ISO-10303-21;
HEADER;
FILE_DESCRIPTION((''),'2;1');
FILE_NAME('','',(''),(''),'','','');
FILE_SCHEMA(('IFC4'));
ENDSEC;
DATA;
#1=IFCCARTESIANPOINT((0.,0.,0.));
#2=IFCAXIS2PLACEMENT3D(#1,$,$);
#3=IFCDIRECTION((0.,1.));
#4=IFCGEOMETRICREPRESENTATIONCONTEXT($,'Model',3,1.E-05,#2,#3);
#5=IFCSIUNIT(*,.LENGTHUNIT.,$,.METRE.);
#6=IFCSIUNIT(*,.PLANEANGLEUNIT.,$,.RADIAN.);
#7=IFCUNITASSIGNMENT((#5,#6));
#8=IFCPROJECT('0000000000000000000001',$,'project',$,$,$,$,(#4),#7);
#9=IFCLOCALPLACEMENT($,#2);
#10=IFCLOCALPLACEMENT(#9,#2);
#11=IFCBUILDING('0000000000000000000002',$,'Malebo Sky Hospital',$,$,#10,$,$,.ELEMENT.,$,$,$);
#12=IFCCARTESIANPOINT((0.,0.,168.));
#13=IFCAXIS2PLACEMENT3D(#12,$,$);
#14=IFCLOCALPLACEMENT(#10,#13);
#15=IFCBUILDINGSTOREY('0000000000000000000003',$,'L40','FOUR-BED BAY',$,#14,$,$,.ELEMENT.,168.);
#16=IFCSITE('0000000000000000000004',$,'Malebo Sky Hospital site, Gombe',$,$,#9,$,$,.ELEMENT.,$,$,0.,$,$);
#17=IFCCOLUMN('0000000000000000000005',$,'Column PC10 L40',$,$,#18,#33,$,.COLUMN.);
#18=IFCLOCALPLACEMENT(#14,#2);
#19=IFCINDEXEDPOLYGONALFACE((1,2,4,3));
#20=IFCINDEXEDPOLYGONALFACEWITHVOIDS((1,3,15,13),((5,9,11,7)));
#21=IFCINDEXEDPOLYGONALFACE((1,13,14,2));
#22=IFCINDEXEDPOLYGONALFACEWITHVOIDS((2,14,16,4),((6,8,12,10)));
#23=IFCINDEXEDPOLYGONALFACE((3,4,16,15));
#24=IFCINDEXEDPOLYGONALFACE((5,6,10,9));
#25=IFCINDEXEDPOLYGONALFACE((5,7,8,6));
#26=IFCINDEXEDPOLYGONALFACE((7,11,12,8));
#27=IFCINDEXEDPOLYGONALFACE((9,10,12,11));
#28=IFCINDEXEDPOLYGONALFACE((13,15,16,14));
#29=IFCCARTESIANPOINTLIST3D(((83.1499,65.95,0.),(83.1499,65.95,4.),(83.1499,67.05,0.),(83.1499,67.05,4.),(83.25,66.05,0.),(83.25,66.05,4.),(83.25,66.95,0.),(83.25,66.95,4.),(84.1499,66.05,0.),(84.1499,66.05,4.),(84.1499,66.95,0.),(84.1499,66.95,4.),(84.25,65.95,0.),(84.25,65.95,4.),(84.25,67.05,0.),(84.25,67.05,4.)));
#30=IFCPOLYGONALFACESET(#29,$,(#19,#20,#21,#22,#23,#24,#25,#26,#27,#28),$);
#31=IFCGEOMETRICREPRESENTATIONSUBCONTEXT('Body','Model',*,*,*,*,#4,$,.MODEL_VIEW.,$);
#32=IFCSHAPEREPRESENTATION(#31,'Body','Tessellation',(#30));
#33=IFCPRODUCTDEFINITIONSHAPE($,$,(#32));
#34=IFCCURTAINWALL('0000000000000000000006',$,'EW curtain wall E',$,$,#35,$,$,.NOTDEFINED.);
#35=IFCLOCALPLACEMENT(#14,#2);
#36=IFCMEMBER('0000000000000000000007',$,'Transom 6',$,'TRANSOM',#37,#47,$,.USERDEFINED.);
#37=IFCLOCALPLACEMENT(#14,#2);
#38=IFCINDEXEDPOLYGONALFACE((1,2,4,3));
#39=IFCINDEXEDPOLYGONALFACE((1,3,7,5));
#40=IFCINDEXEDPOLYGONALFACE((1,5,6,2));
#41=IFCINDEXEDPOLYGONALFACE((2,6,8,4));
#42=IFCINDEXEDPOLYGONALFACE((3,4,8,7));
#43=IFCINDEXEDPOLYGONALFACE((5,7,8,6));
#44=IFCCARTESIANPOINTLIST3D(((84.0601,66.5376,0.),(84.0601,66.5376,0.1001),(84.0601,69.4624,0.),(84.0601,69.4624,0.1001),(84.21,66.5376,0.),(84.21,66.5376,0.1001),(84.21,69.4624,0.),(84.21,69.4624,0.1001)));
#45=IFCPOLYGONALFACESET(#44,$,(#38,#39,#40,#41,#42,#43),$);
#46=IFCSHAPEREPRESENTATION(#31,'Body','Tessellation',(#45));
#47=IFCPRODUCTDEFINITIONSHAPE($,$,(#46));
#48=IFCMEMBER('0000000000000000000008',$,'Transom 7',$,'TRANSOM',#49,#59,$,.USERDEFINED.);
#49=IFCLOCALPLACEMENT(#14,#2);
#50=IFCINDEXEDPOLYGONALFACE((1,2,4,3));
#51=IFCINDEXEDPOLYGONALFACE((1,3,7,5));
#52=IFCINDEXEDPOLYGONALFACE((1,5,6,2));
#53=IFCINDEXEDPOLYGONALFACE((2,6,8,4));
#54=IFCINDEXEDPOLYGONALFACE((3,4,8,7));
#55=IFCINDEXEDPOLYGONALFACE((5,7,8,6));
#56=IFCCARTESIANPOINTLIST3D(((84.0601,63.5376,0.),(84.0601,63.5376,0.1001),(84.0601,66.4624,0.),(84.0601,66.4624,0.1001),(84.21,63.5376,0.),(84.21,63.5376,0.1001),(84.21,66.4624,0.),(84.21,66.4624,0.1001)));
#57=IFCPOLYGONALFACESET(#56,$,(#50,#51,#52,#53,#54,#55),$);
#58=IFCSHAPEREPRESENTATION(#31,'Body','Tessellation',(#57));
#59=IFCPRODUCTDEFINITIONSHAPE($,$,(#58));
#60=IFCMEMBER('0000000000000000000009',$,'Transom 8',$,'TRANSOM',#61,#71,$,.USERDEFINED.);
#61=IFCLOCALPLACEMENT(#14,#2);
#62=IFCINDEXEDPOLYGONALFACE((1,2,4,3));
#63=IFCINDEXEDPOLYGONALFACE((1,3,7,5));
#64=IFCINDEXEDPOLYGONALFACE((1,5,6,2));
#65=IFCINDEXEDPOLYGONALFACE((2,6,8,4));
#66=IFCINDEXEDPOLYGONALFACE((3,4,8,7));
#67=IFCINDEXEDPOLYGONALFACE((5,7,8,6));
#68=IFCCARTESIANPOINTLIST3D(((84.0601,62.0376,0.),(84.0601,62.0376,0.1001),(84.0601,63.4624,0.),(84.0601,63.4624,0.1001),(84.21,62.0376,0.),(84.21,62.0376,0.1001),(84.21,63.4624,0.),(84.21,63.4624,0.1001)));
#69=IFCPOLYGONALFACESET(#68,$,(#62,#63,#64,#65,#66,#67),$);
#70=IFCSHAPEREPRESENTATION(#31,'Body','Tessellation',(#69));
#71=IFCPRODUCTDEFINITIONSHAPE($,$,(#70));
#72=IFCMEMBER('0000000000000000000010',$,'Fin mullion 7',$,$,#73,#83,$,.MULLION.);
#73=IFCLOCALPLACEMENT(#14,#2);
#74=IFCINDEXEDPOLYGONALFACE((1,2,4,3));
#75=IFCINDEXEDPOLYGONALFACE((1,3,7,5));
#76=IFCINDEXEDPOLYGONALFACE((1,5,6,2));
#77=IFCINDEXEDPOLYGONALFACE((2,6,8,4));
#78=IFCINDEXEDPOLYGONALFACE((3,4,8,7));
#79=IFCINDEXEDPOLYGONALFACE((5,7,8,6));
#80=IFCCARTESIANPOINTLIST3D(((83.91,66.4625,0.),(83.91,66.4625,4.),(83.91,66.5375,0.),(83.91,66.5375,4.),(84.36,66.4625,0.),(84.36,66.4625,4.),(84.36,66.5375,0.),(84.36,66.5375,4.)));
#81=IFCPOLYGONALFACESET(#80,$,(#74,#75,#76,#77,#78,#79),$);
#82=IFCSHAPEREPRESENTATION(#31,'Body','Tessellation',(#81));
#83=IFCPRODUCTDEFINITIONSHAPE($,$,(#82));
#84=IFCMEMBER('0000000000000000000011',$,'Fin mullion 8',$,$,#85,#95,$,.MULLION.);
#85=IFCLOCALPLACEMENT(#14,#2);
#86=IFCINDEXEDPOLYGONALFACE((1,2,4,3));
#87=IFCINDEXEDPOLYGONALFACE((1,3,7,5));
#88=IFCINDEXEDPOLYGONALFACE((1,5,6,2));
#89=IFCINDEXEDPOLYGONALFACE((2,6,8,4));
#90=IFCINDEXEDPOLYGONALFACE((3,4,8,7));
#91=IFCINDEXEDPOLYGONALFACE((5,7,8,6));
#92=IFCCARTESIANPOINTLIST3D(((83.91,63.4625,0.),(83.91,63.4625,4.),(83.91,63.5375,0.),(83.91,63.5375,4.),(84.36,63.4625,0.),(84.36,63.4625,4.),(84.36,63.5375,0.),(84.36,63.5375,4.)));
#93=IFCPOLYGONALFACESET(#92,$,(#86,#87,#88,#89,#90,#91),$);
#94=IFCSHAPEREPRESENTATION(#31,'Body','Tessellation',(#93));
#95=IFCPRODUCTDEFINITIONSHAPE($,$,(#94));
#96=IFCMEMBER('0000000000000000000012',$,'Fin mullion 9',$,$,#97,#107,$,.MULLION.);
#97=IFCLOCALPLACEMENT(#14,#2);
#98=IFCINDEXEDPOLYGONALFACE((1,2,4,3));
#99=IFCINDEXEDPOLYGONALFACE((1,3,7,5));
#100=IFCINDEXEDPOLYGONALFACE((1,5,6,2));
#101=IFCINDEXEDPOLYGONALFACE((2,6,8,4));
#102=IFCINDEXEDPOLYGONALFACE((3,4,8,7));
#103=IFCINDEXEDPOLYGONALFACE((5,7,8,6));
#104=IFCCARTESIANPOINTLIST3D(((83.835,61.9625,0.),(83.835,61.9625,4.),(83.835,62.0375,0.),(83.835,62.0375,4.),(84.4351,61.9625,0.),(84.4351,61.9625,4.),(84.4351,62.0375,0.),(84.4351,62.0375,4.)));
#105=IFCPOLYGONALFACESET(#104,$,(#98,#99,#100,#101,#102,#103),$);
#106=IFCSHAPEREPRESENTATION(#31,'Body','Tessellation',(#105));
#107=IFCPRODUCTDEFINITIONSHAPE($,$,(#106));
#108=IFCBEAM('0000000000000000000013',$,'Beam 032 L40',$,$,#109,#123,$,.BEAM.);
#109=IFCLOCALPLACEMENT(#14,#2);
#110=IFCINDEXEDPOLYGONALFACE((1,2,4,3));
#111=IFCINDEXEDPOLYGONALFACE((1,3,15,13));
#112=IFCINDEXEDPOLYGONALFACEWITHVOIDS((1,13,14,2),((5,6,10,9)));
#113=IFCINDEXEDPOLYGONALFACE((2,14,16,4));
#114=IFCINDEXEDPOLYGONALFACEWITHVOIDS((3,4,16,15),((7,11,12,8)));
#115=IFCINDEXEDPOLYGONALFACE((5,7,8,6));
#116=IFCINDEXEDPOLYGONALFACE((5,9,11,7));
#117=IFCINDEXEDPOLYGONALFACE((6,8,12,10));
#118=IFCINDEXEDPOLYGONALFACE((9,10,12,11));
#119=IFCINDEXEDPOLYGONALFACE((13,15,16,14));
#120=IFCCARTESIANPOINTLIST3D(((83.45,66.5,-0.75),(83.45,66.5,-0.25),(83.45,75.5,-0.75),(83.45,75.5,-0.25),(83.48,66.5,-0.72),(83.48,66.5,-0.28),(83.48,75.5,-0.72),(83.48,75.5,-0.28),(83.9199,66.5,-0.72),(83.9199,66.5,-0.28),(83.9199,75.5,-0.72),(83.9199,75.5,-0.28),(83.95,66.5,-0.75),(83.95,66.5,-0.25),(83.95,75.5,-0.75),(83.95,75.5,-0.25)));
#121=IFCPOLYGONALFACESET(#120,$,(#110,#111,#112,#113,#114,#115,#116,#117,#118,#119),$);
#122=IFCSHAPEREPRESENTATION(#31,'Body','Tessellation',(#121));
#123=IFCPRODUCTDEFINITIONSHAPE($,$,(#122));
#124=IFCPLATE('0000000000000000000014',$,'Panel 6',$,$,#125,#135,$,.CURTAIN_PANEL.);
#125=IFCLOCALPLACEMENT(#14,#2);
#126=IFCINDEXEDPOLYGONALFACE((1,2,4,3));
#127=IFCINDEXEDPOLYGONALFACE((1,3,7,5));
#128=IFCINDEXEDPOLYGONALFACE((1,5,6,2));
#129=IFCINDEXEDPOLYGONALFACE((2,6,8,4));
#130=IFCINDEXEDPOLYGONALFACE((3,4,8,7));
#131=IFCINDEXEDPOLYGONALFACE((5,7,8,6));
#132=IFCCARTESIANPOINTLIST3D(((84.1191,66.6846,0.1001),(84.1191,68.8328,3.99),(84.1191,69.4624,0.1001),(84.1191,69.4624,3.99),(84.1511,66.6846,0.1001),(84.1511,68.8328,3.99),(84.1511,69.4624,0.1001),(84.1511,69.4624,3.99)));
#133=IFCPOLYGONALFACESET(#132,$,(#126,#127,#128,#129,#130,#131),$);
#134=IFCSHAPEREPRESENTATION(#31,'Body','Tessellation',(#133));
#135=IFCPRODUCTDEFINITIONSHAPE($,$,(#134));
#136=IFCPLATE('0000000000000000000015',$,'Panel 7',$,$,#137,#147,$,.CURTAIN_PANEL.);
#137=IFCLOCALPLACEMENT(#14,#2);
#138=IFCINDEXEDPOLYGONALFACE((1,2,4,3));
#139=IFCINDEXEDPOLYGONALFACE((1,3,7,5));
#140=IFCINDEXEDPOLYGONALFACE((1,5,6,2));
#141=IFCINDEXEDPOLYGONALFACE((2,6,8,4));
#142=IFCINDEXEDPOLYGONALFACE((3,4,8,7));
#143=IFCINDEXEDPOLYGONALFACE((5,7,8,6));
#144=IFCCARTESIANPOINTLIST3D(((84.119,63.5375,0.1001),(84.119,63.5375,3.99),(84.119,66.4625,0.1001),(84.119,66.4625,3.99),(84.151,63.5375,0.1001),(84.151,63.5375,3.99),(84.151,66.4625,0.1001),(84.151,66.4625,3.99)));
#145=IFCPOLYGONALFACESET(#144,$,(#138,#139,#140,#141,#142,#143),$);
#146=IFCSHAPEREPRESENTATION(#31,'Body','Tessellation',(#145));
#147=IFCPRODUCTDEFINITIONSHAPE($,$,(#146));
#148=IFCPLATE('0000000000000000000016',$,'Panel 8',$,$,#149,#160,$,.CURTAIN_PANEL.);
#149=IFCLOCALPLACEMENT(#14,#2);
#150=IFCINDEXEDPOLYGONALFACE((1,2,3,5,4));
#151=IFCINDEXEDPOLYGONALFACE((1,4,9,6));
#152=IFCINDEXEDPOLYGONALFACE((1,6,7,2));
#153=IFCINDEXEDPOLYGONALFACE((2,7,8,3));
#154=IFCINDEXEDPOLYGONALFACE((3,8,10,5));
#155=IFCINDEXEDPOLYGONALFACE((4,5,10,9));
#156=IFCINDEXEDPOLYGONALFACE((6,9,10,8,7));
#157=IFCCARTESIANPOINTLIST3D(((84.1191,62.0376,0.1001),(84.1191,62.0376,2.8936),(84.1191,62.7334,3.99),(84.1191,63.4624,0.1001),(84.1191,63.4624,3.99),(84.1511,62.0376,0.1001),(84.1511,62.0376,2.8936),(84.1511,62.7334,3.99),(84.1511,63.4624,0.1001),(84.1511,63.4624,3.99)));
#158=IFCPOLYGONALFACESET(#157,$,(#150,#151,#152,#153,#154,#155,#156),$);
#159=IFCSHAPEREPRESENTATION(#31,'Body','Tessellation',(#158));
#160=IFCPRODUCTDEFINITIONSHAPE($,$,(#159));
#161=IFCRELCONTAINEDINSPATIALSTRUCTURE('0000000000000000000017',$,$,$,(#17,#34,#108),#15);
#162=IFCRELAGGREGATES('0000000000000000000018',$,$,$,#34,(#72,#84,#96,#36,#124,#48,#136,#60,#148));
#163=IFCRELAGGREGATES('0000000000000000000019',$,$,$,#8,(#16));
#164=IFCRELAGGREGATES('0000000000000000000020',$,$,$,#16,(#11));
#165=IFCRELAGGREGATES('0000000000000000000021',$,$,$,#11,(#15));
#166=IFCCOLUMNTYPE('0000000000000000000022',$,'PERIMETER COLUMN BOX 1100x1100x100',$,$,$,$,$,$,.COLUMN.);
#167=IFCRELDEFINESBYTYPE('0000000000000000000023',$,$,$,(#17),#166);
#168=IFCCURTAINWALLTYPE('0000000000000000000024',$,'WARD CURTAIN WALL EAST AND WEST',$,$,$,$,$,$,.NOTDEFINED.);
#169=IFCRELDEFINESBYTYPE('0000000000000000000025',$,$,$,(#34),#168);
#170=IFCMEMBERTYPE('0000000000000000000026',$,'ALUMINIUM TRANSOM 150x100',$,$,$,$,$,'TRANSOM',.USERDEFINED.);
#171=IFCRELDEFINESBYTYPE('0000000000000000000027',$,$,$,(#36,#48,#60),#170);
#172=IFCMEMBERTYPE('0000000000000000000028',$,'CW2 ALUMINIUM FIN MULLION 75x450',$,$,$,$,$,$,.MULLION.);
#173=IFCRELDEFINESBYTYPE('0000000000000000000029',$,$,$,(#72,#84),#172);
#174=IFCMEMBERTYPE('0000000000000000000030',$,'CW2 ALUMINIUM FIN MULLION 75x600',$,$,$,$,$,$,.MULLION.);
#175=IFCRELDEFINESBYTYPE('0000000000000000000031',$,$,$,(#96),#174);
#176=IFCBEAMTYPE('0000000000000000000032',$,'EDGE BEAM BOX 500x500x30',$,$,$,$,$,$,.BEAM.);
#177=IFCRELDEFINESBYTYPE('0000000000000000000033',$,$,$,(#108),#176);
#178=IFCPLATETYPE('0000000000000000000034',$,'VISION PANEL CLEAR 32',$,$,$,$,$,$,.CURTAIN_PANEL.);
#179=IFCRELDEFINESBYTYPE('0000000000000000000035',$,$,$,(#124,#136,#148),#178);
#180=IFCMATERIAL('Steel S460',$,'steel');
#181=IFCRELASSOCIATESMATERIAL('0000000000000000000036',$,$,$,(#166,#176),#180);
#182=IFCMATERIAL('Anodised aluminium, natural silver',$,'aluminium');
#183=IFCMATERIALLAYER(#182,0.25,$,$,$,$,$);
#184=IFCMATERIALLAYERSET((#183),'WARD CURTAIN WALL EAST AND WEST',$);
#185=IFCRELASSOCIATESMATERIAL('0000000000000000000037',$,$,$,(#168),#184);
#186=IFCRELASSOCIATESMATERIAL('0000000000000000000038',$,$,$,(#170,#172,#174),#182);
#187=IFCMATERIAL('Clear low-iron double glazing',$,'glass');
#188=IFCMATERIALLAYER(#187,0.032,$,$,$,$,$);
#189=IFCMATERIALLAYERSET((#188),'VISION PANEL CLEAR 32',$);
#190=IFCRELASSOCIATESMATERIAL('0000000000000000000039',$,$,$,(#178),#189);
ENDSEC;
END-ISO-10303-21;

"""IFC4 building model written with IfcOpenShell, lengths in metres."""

from ifc_helpers import new_model, si_unit, direction, frame, origin, origin_2d, place, context, subcontext, project, spatial, polyline, rectangle, hollow_rectangle, outline, extrude, material, layer, layer_set, material_profile, profile_set, type_object, element, aggregate, save


model = new_model("IFC4")

# Units and contexts
model_context = context("Model", 3, precision=1e-05, world=origin(), true_north=direction((0.0, 1.0)))
body_context = subcontext(model_context, "Body", "Model", "MODEL_VIEW")
ifc_project = project(units=[si_unit("LENGTHUNIT", "METRE"), si_unit("PLANEANGLEUNIT", "RADIAN")], contexts=[model_context])

# Site, building, storey
site_placement = place(None, origin())
site = spatial("IfcSite", under=ifc_project, at=site_placement, Name="Malebo Sky Hospital site, Gombe", CompositionType="ELEMENT", RefElevation=0.0)
building_placement = place(site_placement, origin())
building = spatial("IfcBuilding", under=site, at=building_placement, Name="Malebo Sky Hospital", CompositionType="ELEMENT")
storey_placement = place(building_placement, frame((0.0, 0.0, 168.0)))
storey = spatial("IfcBuildingStorey", under=building, at=storey_placement, Name="L40", Description="FOUR-BED BAY", CompositionType="ELEMENT", Elevation=168.0)

# Column
ifc_material_1 = material(Name="Steel S460", Category="steel")
ifc_material_profile_1 = material_profile(ifc_material_1, hollow_rectangle(XDim=1.1001, YDim=1.1001, WallThickness=0.1001, at=origin_2d()), Name="BOX 1100x1100x100")
ifc_profile_set_1 = profile_set([ifc_material_profile_1], Name="Steel S460")
column_type = type_object("IfcColumnType", Name="PERIMETER COLUMN BOX 1100x1100x100", PredefinedType="COLUMN", material=ifc_profile_set_1)
column_placement = place(storey_placement, frame((83.7, 66.5, 0.0), z_axis=(0.0, 0.0, 1.0), x_axis=(1.0, 0.0, 0.0)))
element("IfcColumn", 1, at=column_placement, inside=storey, type_object=column_type, Name="Column PC10 L40", PredefinedType="COLUMN", context=body_context, shape_type="SweptSolid", body=[
    extrude(hollow_rectangle(XDim=1.1001, YDim=1.1001, WallThickness=0.1001, at=origin_2d()), origin(), (0.0, 0.0, 1.0), 4.0),
])

# Curtain wall, members
ifc_material_2 = material(Name="Anodised aluminium, natural silver", Category="aluminium")
ifc_layer_1 = layer(ifc_material_2, 0.25)
ifc_layer_set_1 = layer_set([ifc_layer_1], Name="WARD CURTAIN WALL EAST AND WEST")
curtain_wall_type = type_object("IfcCurtainWallType", Name="WARD CURTAIN WALL EAST AND WEST", PredefinedType="NOTDEFINED", material=ifc_layer_set_1)
curtain_wall_placement = place(storey_placement, origin())
curtain_wall = element("IfcCurtainWall", 2, at=curtain_wall_placement, inside=storey, type_object=curtain_wall_type, Name="EW curtain wall E", PredefinedType="NOTDEFINED")
ifc_material_profile_2 = material_profile(ifc_material_2, rectangle(XDim=0.1499, YDim=0.1001, at=origin_2d()), Name="ALUMINIUM TRANSOM 150x100")
ifc_profile_set_2 = profile_set([ifc_material_profile_2], Name="Anodised aluminium, natural silver")
member_type_1 = type_object("IfcMemberType", Name="ALUMINIUM TRANSOM 150x100", ElementType="TRANSOM", PredefinedType="USERDEFINED", material=ifc_profile_set_2)
member_1_placement = place(storey_placement, frame((84.135, 69.4624, 0.05), z_axis=(0.0, -1.0, 0.0), x_axis=(1.0, 0.0, 0.0)))
member_1 = element("IfcMember", 3, at=member_1_placement, type_object=member_type_1, Name="Transom 6", ObjectType="TRANSOM", PredefinedType="USERDEFINED", context=body_context, shape_type="SweptSolid", body=[
    extrude(rectangle(XDim=0.1499, YDim=0.1001, at=origin_2d()), origin(), (0.0, 0.0, 1.0), 2.9248),
])
member_2_placement = place(storey_placement, frame((84.135, 66.4624, 0.05), z_axis=(0.0, -1.0, 0.0), x_axis=(1.0, 0.0, 0.0)))
member_2 = element("IfcMember", 4, at=member_2_placement, type_object=member_type_1, Name="Transom 7", ObjectType="TRANSOM", PredefinedType="USERDEFINED", context=body_context, shape_type="SweptSolid", body=[
    extrude(rectangle(XDim=0.1499, YDim=0.1001, at=origin_2d()), origin(), (0.0, 0.0, 1.0), 2.9248),
])
member_3_placement = place(storey_placement, frame((84.135, 63.4624, 0.05), z_axis=(0.0, -1.0, 0.0), x_axis=(1.0, 0.0, 0.0)))
member_3 = element("IfcMember", 5, at=member_3_placement, type_object=member_type_1, Name="Transom 8", ObjectType="TRANSOM", PredefinedType="USERDEFINED", context=body_context, shape_type="SweptSolid", body=[
    extrude(rectangle(XDim=0.1499, YDim=0.1001, at=origin_2d()), origin(), (0.0, 0.0, 1.0), 1.4248),
])
ifc_material_profile_3 = material_profile(ifc_material_2, rectangle(XDim=0.075, YDim=0.45, at=origin_2d()), Name="CW2 ALUMINIUM FIN MULLION 75x450")
ifc_profile_set_3 = profile_set([ifc_material_profile_3], Name="Anodised aluminium, natural silver")
member_type_2 = type_object("IfcMemberType", Name="CW2 ALUMINIUM FIN MULLION 75x450", PredefinedType="MULLION", material=ifc_profile_set_3)
member_4_placement = place(storey_placement, frame((84.135, 66.5, 0.0), z_axis=(0.0, 0.0, 1.0), x_axis=(0.0, -1.0, 0.0)))
member_4 = element("IfcMember", 6, at=member_4_placement, type_object=member_type_2, Name="Fin mullion 7", PredefinedType="MULLION", context=body_context, shape_type="SweptSolid", body=[
    extrude(rectangle(XDim=0.075, YDim=0.45, at=origin_2d()), origin(), (0.0, 0.0, 1.0), 4.0),
])
member_5_placement = place(storey_placement, frame((84.135, 63.5, 0.0), z_axis=(0.0, 0.0, 1.0), x_axis=(0.0, -1.0, 0.0)))
member_5 = element("IfcMember", 7, at=member_5_placement, type_object=member_type_2, Name="Fin mullion 8", PredefinedType="MULLION", context=body_context, shape_type="SweptSolid", body=[
    extrude(rectangle(XDim=0.075, YDim=0.45, at=origin_2d()), origin(), (0.0, 0.0, 1.0), 4.0),
])
ifc_material_profile_4 = material_profile(ifc_material_2, rectangle(XDim=0.075, YDim=0.6001, at=origin_2d()), Name="CW2 ALUMINIUM FIN MULLION 75x600")
ifc_profile_set_4 = profile_set([ifc_material_profile_4], Name="Anodised aluminium, natural silver")
member_type_3 = type_object("IfcMemberType", Name="CW2 ALUMINIUM FIN MULLION 75x600", PredefinedType="MULLION", material=ifc_profile_set_4)
member_6_placement = place(storey_placement, frame((84.135, 62.0, 0.0), z_axis=(0.0, 0.0, 1.0), x_axis=(0.0, -1.0, 0.0)))
member_6 = element("IfcMember", 8, at=member_6_placement, type_object=member_type_3, Name="Fin mullion 9", PredefinedType="MULLION", context=body_context, shape_type="SweptSolid", body=[
    extrude(rectangle(XDim=0.075, YDim=0.6001, at=origin_2d()), origin(), (0.0, 0.0, 1.0), 4.0),
])

# Beam
ifc_material_profile_5 = material_profile(ifc_material_1, hollow_rectangle(XDim=0.5, YDim=0.5, WallThickness=0.03, at=origin_2d()), Name="BOX 500x500x30")
ifc_profile_set_5 = profile_set([ifc_material_profile_5], Name="Steel S460")
beam_type = type_object("IfcBeamType", Name="EDGE BEAM BOX 500x500x30", PredefinedType="BEAM", material=ifc_profile_set_5)
beam_placement = place(storey_placement, frame((83.7, 66.5, -0.5), z_axis=(0.0, 1.0, 0.0), x_axis=(-1.0, 0.0, 0.0)))
element("IfcBeam", 9, at=beam_placement, inside=storey, type_object=beam_type, Name="Beam 032 L40", PredefinedType="BEAM", context=body_context, shape_type="SweptSolid", body=[
    extrude(hollow_rectangle(XDim=0.5, YDim=0.5, WallThickness=0.03, at=origin_2d()), origin(), (0.0, 0.0, 1.0), 9.0),
])

# Plates
ifc_material_3 = material(Name="Clear low-iron double glazing", Category="glass")
ifc_layer_2 = layer(ifc_material_3, 0.032)
ifc_layer_set_2 = layer_set([ifc_layer_2], Name="VISION PANEL CLEAR 32")
plate_type = type_object("IfcPlateType", Name="VISION PANEL CLEAR 32", PredefinedType="CURTAIN_PANEL", material=ifc_layer_set_2)
plate_1_placement = place(storey_placement, frame((84.135, 68.0735, 0.1001), z_axis=(0.0, 0.0, 1.0), x_axis=(0.0, -1.0, 0.0)))
plate_1 = element("IfcPlate", 10, at=plate_1_placement, type_object=plate_type, Name="Panel 6", PredefinedType="CURTAIN_PANEL", context=body_context, shape_type="SweptSolid", body=[
    extrude(outline(polyline([(-1.3889, 0.0), (1.3889, 0.0), (-0.7593, 3.8899), (-1.3889, 3.8899), (-1.3889, 0.0)])), frame((0.0, 0.0161, 0.0), z_axis=(0.0, -1.0, 0.0), x_axis=(1.0, 0.0, 0.0)), (0.0, 0.0, 1.0), 0.032),
])
plate_2_placement = place(storey_placement, frame((84.135, 65.0, 0.1001), z_axis=(0.0, 0.0, 1.0), x_axis=(0.0, -1.0, 0.0)))
plate_2 = element("IfcPlate", 11, at=plate_2_placement, type_object=plate_type, Name="Panel 7", PredefinedType="CURTAIN_PANEL", context=body_context, shape_type="SweptSolid", body=[
    extrude(rectangle(XDim=2.925, YDim=0.032, at=origin_2d()), origin(), (0.0, 0.0, 1.0), 3.8899),
])
plate_3_placement = place(storey_placement, frame((84.135, 62.75, 0.1001), z_axis=(0.0, 0.0, 1.0), x_axis=(0.0, -1.0, 0.0)))
plate_3 = element("IfcPlate", 12, at=plate_3_placement, type_object=plate_type, Name="Panel 8", PredefinedType="CURTAIN_PANEL", context=body_context, shape_type="SweptSolid", body=[
    extrude(outline(polyline([(-0.7124, 0.0), (0.7124, 0.0), (0.7124, 2.7935), (0.0166, 3.8899), (-0.7124, 3.8899), (-0.7124, 0.0)])), frame((0.0, 0.0161, 0.0), z_axis=(0.0, -1.0, 0.0), x_axis=(1.0, 0.0, 0.0)), (0.0, 0.0, 1.0), 0.032),
])
aggregate(curtain_wall, [member_4, member_5, member_6, member_1, plate_1, member_2, plate_2, member_3, plate_3])

save(model, "model.ifc")
